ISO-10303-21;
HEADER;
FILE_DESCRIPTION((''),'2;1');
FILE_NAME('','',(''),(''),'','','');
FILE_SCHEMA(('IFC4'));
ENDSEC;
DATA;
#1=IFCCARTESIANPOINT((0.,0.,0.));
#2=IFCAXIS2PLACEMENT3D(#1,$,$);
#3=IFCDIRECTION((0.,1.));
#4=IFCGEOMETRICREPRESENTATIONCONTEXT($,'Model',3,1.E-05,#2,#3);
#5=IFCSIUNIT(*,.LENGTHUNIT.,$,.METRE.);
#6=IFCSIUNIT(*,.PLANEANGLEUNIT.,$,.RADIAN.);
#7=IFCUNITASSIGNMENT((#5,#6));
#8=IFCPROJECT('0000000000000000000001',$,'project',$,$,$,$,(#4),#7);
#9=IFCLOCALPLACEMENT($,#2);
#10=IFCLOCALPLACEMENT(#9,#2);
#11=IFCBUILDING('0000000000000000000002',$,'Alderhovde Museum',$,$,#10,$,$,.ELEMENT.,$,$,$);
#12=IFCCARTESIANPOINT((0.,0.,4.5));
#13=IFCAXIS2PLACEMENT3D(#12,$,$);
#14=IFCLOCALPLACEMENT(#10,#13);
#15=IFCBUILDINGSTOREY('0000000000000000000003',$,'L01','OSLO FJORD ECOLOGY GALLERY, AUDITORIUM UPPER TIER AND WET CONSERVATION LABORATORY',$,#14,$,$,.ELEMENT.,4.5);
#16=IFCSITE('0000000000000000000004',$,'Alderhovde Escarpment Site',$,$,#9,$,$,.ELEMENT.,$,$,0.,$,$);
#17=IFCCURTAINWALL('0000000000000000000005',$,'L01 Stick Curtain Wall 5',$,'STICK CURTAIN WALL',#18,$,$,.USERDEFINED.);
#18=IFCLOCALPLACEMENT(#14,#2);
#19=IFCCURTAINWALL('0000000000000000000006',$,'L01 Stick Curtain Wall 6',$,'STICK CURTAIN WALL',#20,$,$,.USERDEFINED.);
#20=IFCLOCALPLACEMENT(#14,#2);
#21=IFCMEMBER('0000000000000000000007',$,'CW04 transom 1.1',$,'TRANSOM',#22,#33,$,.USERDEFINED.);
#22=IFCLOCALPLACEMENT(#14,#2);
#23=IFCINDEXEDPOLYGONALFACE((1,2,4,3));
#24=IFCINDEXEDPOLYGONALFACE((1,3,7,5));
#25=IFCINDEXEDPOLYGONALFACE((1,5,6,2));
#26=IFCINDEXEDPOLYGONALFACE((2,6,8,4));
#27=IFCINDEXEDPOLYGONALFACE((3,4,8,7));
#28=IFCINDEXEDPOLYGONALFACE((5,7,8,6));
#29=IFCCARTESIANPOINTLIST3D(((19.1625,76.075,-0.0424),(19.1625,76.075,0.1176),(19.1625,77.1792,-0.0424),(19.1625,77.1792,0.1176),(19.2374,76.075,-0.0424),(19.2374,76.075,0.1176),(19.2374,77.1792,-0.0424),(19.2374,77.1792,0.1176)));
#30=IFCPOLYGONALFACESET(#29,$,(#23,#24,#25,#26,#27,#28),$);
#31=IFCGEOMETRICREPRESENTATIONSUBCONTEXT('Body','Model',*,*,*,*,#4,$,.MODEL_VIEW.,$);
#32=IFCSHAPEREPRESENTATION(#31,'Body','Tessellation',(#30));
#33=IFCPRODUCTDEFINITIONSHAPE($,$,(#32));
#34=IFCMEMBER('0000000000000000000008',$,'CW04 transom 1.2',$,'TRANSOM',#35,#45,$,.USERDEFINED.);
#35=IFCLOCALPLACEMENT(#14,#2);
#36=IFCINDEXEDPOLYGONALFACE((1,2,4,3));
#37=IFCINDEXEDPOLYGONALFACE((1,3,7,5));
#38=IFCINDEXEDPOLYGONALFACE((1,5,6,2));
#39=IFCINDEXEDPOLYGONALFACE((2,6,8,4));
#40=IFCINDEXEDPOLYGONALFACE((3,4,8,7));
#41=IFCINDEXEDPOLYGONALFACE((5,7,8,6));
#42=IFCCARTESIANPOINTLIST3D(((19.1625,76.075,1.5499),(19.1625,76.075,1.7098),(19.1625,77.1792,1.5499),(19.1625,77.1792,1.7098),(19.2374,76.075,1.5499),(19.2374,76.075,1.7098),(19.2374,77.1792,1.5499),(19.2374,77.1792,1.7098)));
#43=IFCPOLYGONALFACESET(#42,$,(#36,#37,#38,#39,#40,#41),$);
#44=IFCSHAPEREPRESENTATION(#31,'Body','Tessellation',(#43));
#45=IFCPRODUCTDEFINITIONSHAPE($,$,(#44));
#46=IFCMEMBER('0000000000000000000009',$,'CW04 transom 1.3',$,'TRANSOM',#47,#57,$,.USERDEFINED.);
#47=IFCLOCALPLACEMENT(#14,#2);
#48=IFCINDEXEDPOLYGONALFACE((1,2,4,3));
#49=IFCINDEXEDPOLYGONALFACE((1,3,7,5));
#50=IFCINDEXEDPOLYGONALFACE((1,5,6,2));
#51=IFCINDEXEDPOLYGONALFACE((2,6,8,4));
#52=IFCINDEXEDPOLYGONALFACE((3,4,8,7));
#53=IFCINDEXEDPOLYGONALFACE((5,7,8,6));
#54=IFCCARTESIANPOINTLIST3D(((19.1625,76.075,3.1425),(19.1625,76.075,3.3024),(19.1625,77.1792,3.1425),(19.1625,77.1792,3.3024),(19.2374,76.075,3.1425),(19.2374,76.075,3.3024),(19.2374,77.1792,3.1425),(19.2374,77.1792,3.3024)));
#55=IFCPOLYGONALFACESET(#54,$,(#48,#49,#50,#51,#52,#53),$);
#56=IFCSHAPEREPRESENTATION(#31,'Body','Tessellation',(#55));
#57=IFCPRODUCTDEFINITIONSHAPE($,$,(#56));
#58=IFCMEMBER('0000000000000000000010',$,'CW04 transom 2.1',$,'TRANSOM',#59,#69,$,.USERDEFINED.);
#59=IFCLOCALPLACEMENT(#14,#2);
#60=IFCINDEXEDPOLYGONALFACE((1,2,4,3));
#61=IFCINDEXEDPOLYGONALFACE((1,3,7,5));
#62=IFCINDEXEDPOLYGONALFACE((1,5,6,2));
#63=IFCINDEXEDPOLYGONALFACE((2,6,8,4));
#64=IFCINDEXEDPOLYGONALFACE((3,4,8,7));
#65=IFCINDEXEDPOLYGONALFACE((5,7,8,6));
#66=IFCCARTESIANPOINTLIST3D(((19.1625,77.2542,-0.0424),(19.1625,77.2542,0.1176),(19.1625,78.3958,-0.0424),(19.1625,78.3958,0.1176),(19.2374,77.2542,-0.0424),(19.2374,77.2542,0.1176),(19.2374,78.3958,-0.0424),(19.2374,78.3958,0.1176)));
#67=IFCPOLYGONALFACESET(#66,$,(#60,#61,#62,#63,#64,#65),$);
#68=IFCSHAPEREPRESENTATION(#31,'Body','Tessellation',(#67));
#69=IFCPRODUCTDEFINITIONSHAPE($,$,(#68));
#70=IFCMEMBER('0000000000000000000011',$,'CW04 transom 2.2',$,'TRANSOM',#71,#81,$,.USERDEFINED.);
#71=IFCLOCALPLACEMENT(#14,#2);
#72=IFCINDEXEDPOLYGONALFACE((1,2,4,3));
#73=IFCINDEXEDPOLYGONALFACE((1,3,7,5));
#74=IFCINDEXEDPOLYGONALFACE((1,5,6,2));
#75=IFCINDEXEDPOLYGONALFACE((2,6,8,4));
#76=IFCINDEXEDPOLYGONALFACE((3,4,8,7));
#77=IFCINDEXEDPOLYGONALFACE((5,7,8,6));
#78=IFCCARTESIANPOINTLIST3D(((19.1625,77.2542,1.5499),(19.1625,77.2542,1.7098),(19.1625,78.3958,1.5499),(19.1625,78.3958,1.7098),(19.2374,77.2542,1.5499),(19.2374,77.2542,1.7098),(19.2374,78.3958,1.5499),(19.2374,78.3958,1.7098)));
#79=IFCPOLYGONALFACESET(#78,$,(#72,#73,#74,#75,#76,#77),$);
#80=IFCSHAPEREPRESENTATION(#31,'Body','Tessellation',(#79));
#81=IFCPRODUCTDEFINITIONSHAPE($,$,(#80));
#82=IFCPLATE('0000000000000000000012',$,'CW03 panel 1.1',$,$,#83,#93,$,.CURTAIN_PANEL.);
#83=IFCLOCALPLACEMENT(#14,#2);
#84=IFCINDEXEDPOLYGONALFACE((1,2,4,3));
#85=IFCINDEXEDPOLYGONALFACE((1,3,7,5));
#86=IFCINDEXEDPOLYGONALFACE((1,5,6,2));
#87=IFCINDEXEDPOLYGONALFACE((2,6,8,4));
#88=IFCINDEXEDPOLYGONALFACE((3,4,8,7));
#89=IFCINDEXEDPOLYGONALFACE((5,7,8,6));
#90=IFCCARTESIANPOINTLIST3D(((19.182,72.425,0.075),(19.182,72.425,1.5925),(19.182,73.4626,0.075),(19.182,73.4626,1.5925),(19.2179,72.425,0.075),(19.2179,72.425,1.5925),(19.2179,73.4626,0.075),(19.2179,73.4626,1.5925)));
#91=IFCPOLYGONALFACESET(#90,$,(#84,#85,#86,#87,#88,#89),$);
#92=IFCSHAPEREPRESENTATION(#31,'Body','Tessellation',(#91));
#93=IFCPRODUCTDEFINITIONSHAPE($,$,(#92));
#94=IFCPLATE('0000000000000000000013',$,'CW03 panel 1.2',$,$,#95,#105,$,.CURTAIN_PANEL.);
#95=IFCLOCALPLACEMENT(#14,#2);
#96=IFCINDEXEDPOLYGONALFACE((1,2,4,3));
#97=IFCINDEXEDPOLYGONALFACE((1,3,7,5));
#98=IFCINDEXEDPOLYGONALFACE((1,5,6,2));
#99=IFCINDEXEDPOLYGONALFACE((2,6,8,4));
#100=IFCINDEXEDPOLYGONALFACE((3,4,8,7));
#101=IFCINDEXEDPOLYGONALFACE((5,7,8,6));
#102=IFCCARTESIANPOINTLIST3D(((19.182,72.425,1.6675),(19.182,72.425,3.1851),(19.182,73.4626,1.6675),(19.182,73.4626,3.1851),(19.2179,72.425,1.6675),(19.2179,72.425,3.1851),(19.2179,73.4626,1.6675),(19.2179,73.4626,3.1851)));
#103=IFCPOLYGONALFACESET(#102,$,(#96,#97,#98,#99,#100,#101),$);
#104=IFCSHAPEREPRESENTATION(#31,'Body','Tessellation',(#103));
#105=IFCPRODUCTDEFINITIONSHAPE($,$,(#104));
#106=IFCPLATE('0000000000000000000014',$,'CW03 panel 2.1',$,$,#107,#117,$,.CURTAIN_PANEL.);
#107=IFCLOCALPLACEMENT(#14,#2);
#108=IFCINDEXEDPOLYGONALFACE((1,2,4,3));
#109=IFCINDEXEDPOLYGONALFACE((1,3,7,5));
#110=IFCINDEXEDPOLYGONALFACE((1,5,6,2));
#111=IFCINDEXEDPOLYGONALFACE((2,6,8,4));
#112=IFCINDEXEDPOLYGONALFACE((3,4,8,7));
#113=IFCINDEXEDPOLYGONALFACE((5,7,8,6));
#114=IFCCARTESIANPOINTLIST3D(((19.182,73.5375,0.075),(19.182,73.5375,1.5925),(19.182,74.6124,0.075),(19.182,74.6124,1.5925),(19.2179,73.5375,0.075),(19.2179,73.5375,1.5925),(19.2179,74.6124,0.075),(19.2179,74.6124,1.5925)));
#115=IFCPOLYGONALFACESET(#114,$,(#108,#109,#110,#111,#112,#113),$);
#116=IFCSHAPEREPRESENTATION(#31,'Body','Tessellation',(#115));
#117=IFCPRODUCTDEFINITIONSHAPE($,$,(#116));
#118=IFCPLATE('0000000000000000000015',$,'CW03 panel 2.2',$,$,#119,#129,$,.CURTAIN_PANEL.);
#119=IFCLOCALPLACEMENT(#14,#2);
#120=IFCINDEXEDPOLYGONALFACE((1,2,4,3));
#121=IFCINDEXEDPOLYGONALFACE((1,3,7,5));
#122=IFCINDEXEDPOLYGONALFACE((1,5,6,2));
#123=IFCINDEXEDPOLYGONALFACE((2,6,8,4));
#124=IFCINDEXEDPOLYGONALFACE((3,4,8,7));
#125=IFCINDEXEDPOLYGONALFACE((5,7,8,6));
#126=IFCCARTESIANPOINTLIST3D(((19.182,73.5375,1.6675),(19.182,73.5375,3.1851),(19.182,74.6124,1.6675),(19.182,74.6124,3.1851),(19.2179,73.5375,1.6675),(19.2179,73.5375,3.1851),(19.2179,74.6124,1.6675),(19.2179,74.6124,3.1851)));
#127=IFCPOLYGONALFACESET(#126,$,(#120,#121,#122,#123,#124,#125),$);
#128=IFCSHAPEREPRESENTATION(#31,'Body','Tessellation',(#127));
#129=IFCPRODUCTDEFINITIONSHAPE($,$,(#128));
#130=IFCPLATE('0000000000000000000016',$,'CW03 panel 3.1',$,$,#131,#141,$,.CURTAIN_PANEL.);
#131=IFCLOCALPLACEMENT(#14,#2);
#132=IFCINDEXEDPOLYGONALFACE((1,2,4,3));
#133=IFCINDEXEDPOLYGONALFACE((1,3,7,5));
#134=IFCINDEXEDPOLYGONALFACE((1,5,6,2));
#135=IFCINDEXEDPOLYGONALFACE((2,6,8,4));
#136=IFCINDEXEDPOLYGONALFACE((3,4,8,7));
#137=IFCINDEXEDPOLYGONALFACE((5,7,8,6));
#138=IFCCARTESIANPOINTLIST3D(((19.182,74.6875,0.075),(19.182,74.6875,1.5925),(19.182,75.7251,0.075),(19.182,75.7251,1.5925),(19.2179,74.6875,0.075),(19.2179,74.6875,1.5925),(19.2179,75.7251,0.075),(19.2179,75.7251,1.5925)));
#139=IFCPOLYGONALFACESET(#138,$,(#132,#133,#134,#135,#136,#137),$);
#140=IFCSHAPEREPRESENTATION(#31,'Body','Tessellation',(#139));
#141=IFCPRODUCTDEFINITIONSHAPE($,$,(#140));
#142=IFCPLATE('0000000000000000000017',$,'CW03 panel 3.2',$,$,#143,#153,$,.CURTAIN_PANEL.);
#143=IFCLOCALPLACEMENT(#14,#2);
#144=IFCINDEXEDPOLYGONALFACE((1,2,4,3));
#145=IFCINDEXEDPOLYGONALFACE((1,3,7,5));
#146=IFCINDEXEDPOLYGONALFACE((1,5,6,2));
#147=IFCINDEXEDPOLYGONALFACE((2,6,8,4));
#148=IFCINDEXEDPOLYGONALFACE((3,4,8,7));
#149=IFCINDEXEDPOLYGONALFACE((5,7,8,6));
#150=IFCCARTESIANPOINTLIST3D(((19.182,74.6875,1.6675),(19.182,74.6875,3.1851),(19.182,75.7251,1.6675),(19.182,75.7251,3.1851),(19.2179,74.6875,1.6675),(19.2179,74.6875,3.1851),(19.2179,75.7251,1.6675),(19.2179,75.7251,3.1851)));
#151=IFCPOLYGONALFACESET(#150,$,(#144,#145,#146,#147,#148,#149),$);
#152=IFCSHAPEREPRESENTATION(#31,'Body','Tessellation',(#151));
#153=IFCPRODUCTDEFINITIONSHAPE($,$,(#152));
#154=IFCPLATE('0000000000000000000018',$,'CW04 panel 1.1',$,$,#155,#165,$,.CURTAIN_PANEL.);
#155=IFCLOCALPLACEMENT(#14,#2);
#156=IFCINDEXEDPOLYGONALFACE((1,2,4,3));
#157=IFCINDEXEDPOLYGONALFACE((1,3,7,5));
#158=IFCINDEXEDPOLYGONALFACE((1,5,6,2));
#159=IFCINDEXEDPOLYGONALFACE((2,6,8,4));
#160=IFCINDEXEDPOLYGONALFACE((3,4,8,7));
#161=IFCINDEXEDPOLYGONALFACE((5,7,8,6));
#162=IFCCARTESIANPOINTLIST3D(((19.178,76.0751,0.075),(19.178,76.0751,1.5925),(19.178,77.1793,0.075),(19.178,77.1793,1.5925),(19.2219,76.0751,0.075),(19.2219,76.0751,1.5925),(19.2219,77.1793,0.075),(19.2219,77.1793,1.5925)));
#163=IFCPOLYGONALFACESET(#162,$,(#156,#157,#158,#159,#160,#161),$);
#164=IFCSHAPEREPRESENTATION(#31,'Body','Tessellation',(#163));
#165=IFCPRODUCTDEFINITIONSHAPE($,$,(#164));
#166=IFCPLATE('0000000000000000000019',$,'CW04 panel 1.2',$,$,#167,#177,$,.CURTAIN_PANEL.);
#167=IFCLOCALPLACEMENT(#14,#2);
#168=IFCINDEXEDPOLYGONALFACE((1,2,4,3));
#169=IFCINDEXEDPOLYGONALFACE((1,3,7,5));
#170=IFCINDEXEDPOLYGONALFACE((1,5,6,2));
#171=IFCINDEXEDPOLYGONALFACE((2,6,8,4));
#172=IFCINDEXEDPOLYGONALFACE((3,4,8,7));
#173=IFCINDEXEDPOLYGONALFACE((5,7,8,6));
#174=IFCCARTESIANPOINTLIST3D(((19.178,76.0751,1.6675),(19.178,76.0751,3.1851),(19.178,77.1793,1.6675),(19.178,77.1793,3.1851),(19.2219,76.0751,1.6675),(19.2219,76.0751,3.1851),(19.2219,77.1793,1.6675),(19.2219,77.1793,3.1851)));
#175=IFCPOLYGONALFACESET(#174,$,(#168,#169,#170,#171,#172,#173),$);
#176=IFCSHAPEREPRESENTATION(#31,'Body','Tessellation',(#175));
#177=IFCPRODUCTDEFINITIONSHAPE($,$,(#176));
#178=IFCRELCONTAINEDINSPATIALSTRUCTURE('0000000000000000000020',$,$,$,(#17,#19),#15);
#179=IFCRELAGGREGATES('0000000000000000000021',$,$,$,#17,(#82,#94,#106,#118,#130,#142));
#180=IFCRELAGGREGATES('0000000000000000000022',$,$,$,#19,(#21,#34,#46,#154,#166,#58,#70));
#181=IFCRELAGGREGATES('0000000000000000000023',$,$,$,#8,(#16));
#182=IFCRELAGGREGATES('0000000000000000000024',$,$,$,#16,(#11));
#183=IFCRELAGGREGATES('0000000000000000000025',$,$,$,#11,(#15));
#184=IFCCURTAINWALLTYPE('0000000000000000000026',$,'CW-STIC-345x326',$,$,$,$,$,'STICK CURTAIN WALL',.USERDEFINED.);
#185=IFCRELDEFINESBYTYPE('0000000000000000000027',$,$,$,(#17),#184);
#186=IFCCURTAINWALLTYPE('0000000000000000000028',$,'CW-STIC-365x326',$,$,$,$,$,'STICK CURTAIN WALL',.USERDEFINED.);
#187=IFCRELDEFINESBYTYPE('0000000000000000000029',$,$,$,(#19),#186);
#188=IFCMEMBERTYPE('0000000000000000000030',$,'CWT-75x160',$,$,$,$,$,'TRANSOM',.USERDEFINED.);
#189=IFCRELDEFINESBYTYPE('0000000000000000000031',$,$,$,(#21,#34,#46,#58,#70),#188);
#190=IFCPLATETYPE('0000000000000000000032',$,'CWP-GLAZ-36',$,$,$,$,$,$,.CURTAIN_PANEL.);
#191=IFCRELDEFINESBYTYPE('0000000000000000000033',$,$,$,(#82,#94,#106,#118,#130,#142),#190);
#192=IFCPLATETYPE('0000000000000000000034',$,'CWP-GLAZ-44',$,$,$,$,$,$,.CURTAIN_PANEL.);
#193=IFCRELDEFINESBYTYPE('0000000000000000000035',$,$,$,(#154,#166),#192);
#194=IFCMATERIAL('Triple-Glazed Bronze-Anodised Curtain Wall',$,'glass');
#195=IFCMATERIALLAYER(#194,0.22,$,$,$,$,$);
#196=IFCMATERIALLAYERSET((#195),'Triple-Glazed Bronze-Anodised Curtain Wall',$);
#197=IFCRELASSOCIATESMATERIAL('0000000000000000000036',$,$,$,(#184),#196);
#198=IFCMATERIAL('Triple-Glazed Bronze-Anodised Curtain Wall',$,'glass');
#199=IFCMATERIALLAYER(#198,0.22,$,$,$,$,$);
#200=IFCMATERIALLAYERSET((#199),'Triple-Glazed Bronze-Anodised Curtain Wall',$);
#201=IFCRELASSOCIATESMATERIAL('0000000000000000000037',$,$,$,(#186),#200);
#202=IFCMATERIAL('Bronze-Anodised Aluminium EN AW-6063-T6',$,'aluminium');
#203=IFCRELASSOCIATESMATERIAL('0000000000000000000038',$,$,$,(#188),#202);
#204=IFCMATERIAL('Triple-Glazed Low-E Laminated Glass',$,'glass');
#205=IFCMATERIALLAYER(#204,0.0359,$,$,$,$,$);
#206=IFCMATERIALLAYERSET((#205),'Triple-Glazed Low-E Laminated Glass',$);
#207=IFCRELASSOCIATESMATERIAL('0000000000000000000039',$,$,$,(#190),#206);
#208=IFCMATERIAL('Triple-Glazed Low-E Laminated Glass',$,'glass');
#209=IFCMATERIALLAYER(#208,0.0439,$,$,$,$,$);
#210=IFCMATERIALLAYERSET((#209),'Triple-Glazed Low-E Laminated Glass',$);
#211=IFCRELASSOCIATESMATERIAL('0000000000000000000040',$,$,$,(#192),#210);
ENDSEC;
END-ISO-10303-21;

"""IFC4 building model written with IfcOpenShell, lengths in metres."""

from ifc_helpers import new_model, si_unit, direction, frame, origin, origin_2d, place, context, subcontext, project, spatial, rectangle, extrude, material, layer, layer_set, material_profile, profile_set, type_object, element, aggregate, save


model = new_model("IFC4")

# Units and contexts
model_context = context("Model", 3, precision=1e-05, world=origin(), true_north=direction((0.0, 1.0)))
body_context = subcontext(model_context, "Body", "Model", "MODEL_VIEW")
ifc_project = project(units=[si_unit("LENGTHUNIT", "METRE"), si_unit("PLANEANGLEUNIT", "RADIAN")], contexts=[model_context])

# Site, building, storey
site_placement = place(None, origin())
site = spatial("IfcSite", under=ifc_project, at=site_placement, Name="Alderhovde Escarpment Site", CompositionType="ELEMENT", RefElevation=0.0)
building_placement = place(site_placement, origin())
building = spatial("IfcBuilding", under=site, at=building_placement, Name="Alderhovde Museum", CompositionType="ELEMENT")
storey_placement = place(building_placement, frame((0.0, 0.0, 4.5)))
storey = spatial("IfcBuildingStorey", under=building, at=storey_placement, Name="L01", Description="OSLO FJORD ECOLOGY GALLERY, AUDITORIUM UPPER TIER AND WET CONSERVATION LABORATORY", CompositionType="ELEMENT", Elevation=4.5)

# Curtain walls
ifc_material_1 = material(Name="Triple-Glazed Bronze-Anodised Curtain Wall", Category="glass")
ifc_layer_1 = layer(ifc_material_1, 0.22)
ifc_layer_set_1 = layer_set([ifc_layer_1], Name="Triple-Glazed Bronze-Anodised Curtain Wall")
curtain_wall_type_1 = type_object("IfcCurtainWallType", Name="CW-STIC-345x326", ElementType="STICK CURTAIN WALL", PredefinedType="USERDEFINED", material=ifc_layer_set_1)
curtain_wall_1_placement = place(storey_placement, origin())
curtain_wall_1 = element("IfcCurtainWall", 1, at=curtain_wall_1_placement, inside=storey, type_object=curtain_wall_type_1, Name="L01 Stick Curtain Wall 5", ObjectType="STICK CURTAIN WALL", PredefinedType="USERDEFINED")
ifc_material_2 = material(Name="Triple-Glazed Bronze-Anodised Curtain Wall", Category="glass")
ifc_layer_2 = layer(ifc_material_2, 0.22)
ifc_layer_set_2 = layer_set([ifc_layer_2], Name="Triple-Glazed Bronze-Anodised Curtain Wall")
curtain_wall_type_2 = type_object("IfcCurtainWallType", Name="CW-STIC-365x326", ElementType="STICK CURTAIN WALL", PredefinedType="USERDEFINED", material=ifc_layer_set_2)
curtain_wall_2_placement = place(storey_placement, origin())
curtain_wall_2 = element("IfcCurtainWall", 2, at=curtain_wall_2_placement, inside=storey, type_object=curtain_wall_type_2, Name="L01 Stick Curtain Wall 6", ObjectType="STICK CURTAIN WALL", PredefinedType="USERDEFINED")

# Members
ifc_material_3 = material(Name="Bronze-Anodised Aluminium EN AW-6063-T6", Category="aluminium")
ifc_material_profile_1 = material_profile(ifc_material_3, rectangle(XDim=0.075, YDim=0.1599, at=origin_2d()), Name="TRANSOM 75x160")
ifc_profile_set_1 = profile_set([ifc_material_profile_1], Name="Bronze-Anodised Aluminium EN AW-6063-T6")
member_type_1 = type_object("IfcMemberType", Name="CWT-75x160", ElementType="TRANSOM", PredefinedType="USERDEFINED", material=ifc_profile_set_1)
member_1_placement = place(storey_placement, frame((19.2, 76.075, 0.0376), z_axis=(0.0, 1.0, 0.0), x_axis=(-1.0, 0.0, 0.0)))
member_1 = element("IfcMember", 3, at=member_1_placement, type_object=member_type_1, Name="CW04 transom 1.1", ObjectType="TRANSOM", PredefinedType="USERDEFINED", context=body_context, shape_type="SweptSolid", body=[
    extrude(rectangle(XDim=0.075, YDim=0.1599, at=origin_2d()), origin(), (0.0, 0.0, 1.0), 1.1042),
])
member_2_placement = place(storey_placement, frame((19.2, 76.075, 1.6299), z_axis=(0.0, 1.0, 0.0), x_axis=(-1.0, 0.0, 0.0)))
member_2 = element("IfcMember", 4, at=member_2_placement, type_object=member_type_1, Name="CW04 transom 1.2", ObjectType="TRANSOM", PredefinedType="USERDEFINED", context=body_context, shape_type="SweptSolid", body=[
    extrude(rectangle(XDim=0.075, YDim=0.1599, at=origin_2d()), origin(), (0.0, 0.0, 1.0), 1.1042),
])
member_3_placement = place(storey_placement, frame((19.2, 76.075, 3.2224), z_axis=(0.0, 1.0, 0.0), x_axis=(-1.0, 0.0, 0.0)))
member_3 = element("IfcMember", 5, at=member_3_placement, type_object=member_type_1, Name="CW04 transom 1.3", ObjectType="TRANSOM", PredefinedType="USERDEFINED", context=body_context, shape_type="SweptSolid", body=[
    extrude(rectangle(XDim=0.075, YDim=0.1599, at=origin_2d()), origin(), (0.0, 0.0, 1.0), 1.1042),
])
member_4_placement = place(storey_placement, frame((19.2, 77.2542, 0.0376), z_axis=(0.0, 1.0, 0.0), x_axis=(-1.0, 0.0, 0.0)))
member_4 = element("IfcMember", 6, at=member_4_placement, type_object=member_type_1, Name="CW04 transom 2.1", ObjectType="TRANSOM", PredefinedType="USERDEFINED", context=body_context, shape_type="SweptSolid", body=[
    extrude(rectangle(XDim=0.075, YDim=0.1599, at=origin_2d()), origin(), (0.0, 0.0, 1.0), 1.1416),
])
member_5_placement = place(storey_placement, frame((19.2, 77.2542, 1.6299), z_axis=(0.0, 1.0, 0.0), x_axis=(-1.0, 0.0, 0.0)))
member_5 = element("IfcMember", 7, at=member_5_placement, type_object=member_type_1, Name="CW04 transom 2.2", ObjectType="TRANSOM", PredefinedType="USERDEFINED", context=body_context, shape_type="SweptSolid", body=[
    extrude(rectangle(XDim=0.075, YDim=0.1599, at=origin_2d()), origin(), (0.0, 0.0, 1.0), 1.1416),
])

# Plates
ifc_material_4 = material(Name="Triple-Glazed Low-E Laminated Glass", Category="glass")
ifc_layer_3 = layer(ifc_material_4, 0.0359)
ifc_layer_set_3 = layer_set([ifc_layer_3], Name="Triple-Glazed Low-E Laminated Glass")
plate_type_1 = type_object("IfcPlateType", Name="CWP-GLAZ-36", PredefinedType="CURTAIN_PANEL", material=ifc_layer_set_3)
plate_1_placement = place(storey_placement, frame((19.2, 72.9438, 0.075), z_axis=(0.0, 0.0, 1.0), x_axis=(0.0, 1.0, 0.0)))
plate_1 = element("IfcPlate", 8, at=plate_1_placement, type_object=plate_type_1, Name="CW03 panel 1.1", PredefinedType="CURTAIN_PANEL", context=body_context, shape_type="SweptSolid", body=[
    extrude(rectangle(XDim=1.0376, YDim=0.0359, at=origin_2d()), origin(), (0.0, 0.0, 1.0), 1.5176),
])
plate_2_placement = place(storey_placement, frame((19.2, 72.9438, 1.6675), z_axis=(0.0, 0.0, 1.0), x_axis=(0.0, 1.0, 0.0)))
plate_2 = element("IfcPlate", 9, at=plate_2_placement, type_object=plate_type_1, Name="CW03 panel 1.2", PredefinedType="CURTAIN_PANEL", context=body_context, shape_type="SweptSolid", body=[
    extrude(rectangle(XDim=1.0376, YDim=0.0359, at=origin_2d()), origin(), (0.0, 0.0, 1.0), 1.5176),
])
plate_3_placement = place(storey_placement, frame((19.2, 74.075, 0.075), z_axis=(0.0, 0.0, 1.0), x_axis=(0.0, 1.0, 0.0)))
plate_3 = element("IfcPlate", 10, at=plate_3_placement, type_object=plate_type_1, Name="CW03 panel 2.1", PredefinedType="CURTAIN_PANEL", context=body_context, shape_type="SweptSolid", body=[
    extrude(rectangle(XDim=1.075, YDim=0.0359, at=origin_2d()), origin(), (0.0, 0.0, 1.0), 1.5176),
])
plate_4_placement = place(storey_placement, frame((19.2, 74.075, 1.6675), z_axis=(0.0, 0.0, 1.0), x_axis=(0.0, 1.0, 0.0)))
plate_4 = element("IfcPlate", 11, at=plate_4_placement, type_object=plate_type_1, Name="CW03 panel 2.2", PredefinedType="CURTAIN_PANEL", context=body_context, shape_type="SweptSolid", body=[
    extrude(rectangle(XDim=1.075, YDim=0.0359, at=origin_2d()), origin(), (0.0, 0.0, 1.0), 1.5176),
])
plate_5_placement = place(storey_placement, frame((19.2, 75.2063, 0.075), z_axis=(0.0, 0.0, 1.0), x_axis=(0.0, 1.0, 0.0)))
plate_5 = element("IfcPlate", 12, at=plate_5_placement, type_object=plate_type_1, Name="CW03 panel 3.1", PredefinedType="CURTAIN_PANEL", context=body_context, shape_type="SweptSolid", body=[
    extrude(rectangle(XDim=1.0376, YDim=0.0359, at=origin_2d()), origin(), (0.0, 0.0, 1.0), 1.5176),
])
plate_6_placement = place(storey_placement, frame((19.2, 75.2063, 1.6675), z_axis=(0.0, 0.0, 1.0), x_axis=(0.0, 1.0, 0.0)))
plate_6 = element("IfcPlate", 13, at=plate_6_placement, type_object=plate_type_1, Name="CW03 panel 3.2", PredefinedType="CURTAIN_PANEL", context=body_context, shape_type="SweptSolid", body=[
    extrude(rectangle(XDim=1.0376, YDim=0.0359, at=origin_2d()), origin(), (0.0, 0.0, 1.0), 1.5176),
])
aggregate(curtain_wall_1, [plate_1, plate_2, plate_3, plate_4, plate_5, plate_6])
ifc_material_5 = material(Name="Triple-Glazed Low-E Laminated Glass", Category="glass")
ifc_layer_4 = layer(ifc_material_5, 0.0439)
ifc_layer_set_4 = layer_set([ifc_layer_4], Name="Triple-Glazed Low-E Laminated Glass")
plate_type_2 = type_object("IfcPlateType", Name="CWP-GLAZ-44", PredefinedType="CURTAIN_PANEL", material=ifc_layer_set_4)
plate_7_placement = place(storey_placement, frame((19.2, 76.6272, 0.075), z_axis=(0.0, 0.0, 1.0), x_axis=(0.0, 1.0, 0.0)))
plate_7 = element("IfcPlate", 14, at=plate_7_placement, type_object=plate_type_2, Name="CW04 panel 1.1", PredefinedType="CURTAIN_PANEL", context=body_context, shape_type="SweptSolid", body=[
    extrude(rectangle(XDim=1.1042, YDim=0.0439, at=origin_2d()), origin(), (0.0, 0.0, 1.0), 1.5176),
])
plate_8_placement = place(storey_placement, frame((19.2, 76.6272, 1.6675), z_axis=(0.0, 0.0, 1.0), x_axis=(0.0, 1.0, 0.0)))
plate_8 = element("IfcPlate", 15, at=plate_8_placement, type_object=plate_type_2, Name="CW04 panel 1.2", PredefinedType="CURTAIN_PANEL", context=body_context, shape_type="SweptSolid", body=[
    extrude(rectangle(XDim=1.1042, YDim=0.0439, at=origin_2d()), origin(), (0.0, 0.0, 1.0), 1.5176),
])
aggregate(curtain_wall_2, [member_1, member_2, member_3, plate_7, plate_8, member_4, member_5])

save(model, "model.ifc")
